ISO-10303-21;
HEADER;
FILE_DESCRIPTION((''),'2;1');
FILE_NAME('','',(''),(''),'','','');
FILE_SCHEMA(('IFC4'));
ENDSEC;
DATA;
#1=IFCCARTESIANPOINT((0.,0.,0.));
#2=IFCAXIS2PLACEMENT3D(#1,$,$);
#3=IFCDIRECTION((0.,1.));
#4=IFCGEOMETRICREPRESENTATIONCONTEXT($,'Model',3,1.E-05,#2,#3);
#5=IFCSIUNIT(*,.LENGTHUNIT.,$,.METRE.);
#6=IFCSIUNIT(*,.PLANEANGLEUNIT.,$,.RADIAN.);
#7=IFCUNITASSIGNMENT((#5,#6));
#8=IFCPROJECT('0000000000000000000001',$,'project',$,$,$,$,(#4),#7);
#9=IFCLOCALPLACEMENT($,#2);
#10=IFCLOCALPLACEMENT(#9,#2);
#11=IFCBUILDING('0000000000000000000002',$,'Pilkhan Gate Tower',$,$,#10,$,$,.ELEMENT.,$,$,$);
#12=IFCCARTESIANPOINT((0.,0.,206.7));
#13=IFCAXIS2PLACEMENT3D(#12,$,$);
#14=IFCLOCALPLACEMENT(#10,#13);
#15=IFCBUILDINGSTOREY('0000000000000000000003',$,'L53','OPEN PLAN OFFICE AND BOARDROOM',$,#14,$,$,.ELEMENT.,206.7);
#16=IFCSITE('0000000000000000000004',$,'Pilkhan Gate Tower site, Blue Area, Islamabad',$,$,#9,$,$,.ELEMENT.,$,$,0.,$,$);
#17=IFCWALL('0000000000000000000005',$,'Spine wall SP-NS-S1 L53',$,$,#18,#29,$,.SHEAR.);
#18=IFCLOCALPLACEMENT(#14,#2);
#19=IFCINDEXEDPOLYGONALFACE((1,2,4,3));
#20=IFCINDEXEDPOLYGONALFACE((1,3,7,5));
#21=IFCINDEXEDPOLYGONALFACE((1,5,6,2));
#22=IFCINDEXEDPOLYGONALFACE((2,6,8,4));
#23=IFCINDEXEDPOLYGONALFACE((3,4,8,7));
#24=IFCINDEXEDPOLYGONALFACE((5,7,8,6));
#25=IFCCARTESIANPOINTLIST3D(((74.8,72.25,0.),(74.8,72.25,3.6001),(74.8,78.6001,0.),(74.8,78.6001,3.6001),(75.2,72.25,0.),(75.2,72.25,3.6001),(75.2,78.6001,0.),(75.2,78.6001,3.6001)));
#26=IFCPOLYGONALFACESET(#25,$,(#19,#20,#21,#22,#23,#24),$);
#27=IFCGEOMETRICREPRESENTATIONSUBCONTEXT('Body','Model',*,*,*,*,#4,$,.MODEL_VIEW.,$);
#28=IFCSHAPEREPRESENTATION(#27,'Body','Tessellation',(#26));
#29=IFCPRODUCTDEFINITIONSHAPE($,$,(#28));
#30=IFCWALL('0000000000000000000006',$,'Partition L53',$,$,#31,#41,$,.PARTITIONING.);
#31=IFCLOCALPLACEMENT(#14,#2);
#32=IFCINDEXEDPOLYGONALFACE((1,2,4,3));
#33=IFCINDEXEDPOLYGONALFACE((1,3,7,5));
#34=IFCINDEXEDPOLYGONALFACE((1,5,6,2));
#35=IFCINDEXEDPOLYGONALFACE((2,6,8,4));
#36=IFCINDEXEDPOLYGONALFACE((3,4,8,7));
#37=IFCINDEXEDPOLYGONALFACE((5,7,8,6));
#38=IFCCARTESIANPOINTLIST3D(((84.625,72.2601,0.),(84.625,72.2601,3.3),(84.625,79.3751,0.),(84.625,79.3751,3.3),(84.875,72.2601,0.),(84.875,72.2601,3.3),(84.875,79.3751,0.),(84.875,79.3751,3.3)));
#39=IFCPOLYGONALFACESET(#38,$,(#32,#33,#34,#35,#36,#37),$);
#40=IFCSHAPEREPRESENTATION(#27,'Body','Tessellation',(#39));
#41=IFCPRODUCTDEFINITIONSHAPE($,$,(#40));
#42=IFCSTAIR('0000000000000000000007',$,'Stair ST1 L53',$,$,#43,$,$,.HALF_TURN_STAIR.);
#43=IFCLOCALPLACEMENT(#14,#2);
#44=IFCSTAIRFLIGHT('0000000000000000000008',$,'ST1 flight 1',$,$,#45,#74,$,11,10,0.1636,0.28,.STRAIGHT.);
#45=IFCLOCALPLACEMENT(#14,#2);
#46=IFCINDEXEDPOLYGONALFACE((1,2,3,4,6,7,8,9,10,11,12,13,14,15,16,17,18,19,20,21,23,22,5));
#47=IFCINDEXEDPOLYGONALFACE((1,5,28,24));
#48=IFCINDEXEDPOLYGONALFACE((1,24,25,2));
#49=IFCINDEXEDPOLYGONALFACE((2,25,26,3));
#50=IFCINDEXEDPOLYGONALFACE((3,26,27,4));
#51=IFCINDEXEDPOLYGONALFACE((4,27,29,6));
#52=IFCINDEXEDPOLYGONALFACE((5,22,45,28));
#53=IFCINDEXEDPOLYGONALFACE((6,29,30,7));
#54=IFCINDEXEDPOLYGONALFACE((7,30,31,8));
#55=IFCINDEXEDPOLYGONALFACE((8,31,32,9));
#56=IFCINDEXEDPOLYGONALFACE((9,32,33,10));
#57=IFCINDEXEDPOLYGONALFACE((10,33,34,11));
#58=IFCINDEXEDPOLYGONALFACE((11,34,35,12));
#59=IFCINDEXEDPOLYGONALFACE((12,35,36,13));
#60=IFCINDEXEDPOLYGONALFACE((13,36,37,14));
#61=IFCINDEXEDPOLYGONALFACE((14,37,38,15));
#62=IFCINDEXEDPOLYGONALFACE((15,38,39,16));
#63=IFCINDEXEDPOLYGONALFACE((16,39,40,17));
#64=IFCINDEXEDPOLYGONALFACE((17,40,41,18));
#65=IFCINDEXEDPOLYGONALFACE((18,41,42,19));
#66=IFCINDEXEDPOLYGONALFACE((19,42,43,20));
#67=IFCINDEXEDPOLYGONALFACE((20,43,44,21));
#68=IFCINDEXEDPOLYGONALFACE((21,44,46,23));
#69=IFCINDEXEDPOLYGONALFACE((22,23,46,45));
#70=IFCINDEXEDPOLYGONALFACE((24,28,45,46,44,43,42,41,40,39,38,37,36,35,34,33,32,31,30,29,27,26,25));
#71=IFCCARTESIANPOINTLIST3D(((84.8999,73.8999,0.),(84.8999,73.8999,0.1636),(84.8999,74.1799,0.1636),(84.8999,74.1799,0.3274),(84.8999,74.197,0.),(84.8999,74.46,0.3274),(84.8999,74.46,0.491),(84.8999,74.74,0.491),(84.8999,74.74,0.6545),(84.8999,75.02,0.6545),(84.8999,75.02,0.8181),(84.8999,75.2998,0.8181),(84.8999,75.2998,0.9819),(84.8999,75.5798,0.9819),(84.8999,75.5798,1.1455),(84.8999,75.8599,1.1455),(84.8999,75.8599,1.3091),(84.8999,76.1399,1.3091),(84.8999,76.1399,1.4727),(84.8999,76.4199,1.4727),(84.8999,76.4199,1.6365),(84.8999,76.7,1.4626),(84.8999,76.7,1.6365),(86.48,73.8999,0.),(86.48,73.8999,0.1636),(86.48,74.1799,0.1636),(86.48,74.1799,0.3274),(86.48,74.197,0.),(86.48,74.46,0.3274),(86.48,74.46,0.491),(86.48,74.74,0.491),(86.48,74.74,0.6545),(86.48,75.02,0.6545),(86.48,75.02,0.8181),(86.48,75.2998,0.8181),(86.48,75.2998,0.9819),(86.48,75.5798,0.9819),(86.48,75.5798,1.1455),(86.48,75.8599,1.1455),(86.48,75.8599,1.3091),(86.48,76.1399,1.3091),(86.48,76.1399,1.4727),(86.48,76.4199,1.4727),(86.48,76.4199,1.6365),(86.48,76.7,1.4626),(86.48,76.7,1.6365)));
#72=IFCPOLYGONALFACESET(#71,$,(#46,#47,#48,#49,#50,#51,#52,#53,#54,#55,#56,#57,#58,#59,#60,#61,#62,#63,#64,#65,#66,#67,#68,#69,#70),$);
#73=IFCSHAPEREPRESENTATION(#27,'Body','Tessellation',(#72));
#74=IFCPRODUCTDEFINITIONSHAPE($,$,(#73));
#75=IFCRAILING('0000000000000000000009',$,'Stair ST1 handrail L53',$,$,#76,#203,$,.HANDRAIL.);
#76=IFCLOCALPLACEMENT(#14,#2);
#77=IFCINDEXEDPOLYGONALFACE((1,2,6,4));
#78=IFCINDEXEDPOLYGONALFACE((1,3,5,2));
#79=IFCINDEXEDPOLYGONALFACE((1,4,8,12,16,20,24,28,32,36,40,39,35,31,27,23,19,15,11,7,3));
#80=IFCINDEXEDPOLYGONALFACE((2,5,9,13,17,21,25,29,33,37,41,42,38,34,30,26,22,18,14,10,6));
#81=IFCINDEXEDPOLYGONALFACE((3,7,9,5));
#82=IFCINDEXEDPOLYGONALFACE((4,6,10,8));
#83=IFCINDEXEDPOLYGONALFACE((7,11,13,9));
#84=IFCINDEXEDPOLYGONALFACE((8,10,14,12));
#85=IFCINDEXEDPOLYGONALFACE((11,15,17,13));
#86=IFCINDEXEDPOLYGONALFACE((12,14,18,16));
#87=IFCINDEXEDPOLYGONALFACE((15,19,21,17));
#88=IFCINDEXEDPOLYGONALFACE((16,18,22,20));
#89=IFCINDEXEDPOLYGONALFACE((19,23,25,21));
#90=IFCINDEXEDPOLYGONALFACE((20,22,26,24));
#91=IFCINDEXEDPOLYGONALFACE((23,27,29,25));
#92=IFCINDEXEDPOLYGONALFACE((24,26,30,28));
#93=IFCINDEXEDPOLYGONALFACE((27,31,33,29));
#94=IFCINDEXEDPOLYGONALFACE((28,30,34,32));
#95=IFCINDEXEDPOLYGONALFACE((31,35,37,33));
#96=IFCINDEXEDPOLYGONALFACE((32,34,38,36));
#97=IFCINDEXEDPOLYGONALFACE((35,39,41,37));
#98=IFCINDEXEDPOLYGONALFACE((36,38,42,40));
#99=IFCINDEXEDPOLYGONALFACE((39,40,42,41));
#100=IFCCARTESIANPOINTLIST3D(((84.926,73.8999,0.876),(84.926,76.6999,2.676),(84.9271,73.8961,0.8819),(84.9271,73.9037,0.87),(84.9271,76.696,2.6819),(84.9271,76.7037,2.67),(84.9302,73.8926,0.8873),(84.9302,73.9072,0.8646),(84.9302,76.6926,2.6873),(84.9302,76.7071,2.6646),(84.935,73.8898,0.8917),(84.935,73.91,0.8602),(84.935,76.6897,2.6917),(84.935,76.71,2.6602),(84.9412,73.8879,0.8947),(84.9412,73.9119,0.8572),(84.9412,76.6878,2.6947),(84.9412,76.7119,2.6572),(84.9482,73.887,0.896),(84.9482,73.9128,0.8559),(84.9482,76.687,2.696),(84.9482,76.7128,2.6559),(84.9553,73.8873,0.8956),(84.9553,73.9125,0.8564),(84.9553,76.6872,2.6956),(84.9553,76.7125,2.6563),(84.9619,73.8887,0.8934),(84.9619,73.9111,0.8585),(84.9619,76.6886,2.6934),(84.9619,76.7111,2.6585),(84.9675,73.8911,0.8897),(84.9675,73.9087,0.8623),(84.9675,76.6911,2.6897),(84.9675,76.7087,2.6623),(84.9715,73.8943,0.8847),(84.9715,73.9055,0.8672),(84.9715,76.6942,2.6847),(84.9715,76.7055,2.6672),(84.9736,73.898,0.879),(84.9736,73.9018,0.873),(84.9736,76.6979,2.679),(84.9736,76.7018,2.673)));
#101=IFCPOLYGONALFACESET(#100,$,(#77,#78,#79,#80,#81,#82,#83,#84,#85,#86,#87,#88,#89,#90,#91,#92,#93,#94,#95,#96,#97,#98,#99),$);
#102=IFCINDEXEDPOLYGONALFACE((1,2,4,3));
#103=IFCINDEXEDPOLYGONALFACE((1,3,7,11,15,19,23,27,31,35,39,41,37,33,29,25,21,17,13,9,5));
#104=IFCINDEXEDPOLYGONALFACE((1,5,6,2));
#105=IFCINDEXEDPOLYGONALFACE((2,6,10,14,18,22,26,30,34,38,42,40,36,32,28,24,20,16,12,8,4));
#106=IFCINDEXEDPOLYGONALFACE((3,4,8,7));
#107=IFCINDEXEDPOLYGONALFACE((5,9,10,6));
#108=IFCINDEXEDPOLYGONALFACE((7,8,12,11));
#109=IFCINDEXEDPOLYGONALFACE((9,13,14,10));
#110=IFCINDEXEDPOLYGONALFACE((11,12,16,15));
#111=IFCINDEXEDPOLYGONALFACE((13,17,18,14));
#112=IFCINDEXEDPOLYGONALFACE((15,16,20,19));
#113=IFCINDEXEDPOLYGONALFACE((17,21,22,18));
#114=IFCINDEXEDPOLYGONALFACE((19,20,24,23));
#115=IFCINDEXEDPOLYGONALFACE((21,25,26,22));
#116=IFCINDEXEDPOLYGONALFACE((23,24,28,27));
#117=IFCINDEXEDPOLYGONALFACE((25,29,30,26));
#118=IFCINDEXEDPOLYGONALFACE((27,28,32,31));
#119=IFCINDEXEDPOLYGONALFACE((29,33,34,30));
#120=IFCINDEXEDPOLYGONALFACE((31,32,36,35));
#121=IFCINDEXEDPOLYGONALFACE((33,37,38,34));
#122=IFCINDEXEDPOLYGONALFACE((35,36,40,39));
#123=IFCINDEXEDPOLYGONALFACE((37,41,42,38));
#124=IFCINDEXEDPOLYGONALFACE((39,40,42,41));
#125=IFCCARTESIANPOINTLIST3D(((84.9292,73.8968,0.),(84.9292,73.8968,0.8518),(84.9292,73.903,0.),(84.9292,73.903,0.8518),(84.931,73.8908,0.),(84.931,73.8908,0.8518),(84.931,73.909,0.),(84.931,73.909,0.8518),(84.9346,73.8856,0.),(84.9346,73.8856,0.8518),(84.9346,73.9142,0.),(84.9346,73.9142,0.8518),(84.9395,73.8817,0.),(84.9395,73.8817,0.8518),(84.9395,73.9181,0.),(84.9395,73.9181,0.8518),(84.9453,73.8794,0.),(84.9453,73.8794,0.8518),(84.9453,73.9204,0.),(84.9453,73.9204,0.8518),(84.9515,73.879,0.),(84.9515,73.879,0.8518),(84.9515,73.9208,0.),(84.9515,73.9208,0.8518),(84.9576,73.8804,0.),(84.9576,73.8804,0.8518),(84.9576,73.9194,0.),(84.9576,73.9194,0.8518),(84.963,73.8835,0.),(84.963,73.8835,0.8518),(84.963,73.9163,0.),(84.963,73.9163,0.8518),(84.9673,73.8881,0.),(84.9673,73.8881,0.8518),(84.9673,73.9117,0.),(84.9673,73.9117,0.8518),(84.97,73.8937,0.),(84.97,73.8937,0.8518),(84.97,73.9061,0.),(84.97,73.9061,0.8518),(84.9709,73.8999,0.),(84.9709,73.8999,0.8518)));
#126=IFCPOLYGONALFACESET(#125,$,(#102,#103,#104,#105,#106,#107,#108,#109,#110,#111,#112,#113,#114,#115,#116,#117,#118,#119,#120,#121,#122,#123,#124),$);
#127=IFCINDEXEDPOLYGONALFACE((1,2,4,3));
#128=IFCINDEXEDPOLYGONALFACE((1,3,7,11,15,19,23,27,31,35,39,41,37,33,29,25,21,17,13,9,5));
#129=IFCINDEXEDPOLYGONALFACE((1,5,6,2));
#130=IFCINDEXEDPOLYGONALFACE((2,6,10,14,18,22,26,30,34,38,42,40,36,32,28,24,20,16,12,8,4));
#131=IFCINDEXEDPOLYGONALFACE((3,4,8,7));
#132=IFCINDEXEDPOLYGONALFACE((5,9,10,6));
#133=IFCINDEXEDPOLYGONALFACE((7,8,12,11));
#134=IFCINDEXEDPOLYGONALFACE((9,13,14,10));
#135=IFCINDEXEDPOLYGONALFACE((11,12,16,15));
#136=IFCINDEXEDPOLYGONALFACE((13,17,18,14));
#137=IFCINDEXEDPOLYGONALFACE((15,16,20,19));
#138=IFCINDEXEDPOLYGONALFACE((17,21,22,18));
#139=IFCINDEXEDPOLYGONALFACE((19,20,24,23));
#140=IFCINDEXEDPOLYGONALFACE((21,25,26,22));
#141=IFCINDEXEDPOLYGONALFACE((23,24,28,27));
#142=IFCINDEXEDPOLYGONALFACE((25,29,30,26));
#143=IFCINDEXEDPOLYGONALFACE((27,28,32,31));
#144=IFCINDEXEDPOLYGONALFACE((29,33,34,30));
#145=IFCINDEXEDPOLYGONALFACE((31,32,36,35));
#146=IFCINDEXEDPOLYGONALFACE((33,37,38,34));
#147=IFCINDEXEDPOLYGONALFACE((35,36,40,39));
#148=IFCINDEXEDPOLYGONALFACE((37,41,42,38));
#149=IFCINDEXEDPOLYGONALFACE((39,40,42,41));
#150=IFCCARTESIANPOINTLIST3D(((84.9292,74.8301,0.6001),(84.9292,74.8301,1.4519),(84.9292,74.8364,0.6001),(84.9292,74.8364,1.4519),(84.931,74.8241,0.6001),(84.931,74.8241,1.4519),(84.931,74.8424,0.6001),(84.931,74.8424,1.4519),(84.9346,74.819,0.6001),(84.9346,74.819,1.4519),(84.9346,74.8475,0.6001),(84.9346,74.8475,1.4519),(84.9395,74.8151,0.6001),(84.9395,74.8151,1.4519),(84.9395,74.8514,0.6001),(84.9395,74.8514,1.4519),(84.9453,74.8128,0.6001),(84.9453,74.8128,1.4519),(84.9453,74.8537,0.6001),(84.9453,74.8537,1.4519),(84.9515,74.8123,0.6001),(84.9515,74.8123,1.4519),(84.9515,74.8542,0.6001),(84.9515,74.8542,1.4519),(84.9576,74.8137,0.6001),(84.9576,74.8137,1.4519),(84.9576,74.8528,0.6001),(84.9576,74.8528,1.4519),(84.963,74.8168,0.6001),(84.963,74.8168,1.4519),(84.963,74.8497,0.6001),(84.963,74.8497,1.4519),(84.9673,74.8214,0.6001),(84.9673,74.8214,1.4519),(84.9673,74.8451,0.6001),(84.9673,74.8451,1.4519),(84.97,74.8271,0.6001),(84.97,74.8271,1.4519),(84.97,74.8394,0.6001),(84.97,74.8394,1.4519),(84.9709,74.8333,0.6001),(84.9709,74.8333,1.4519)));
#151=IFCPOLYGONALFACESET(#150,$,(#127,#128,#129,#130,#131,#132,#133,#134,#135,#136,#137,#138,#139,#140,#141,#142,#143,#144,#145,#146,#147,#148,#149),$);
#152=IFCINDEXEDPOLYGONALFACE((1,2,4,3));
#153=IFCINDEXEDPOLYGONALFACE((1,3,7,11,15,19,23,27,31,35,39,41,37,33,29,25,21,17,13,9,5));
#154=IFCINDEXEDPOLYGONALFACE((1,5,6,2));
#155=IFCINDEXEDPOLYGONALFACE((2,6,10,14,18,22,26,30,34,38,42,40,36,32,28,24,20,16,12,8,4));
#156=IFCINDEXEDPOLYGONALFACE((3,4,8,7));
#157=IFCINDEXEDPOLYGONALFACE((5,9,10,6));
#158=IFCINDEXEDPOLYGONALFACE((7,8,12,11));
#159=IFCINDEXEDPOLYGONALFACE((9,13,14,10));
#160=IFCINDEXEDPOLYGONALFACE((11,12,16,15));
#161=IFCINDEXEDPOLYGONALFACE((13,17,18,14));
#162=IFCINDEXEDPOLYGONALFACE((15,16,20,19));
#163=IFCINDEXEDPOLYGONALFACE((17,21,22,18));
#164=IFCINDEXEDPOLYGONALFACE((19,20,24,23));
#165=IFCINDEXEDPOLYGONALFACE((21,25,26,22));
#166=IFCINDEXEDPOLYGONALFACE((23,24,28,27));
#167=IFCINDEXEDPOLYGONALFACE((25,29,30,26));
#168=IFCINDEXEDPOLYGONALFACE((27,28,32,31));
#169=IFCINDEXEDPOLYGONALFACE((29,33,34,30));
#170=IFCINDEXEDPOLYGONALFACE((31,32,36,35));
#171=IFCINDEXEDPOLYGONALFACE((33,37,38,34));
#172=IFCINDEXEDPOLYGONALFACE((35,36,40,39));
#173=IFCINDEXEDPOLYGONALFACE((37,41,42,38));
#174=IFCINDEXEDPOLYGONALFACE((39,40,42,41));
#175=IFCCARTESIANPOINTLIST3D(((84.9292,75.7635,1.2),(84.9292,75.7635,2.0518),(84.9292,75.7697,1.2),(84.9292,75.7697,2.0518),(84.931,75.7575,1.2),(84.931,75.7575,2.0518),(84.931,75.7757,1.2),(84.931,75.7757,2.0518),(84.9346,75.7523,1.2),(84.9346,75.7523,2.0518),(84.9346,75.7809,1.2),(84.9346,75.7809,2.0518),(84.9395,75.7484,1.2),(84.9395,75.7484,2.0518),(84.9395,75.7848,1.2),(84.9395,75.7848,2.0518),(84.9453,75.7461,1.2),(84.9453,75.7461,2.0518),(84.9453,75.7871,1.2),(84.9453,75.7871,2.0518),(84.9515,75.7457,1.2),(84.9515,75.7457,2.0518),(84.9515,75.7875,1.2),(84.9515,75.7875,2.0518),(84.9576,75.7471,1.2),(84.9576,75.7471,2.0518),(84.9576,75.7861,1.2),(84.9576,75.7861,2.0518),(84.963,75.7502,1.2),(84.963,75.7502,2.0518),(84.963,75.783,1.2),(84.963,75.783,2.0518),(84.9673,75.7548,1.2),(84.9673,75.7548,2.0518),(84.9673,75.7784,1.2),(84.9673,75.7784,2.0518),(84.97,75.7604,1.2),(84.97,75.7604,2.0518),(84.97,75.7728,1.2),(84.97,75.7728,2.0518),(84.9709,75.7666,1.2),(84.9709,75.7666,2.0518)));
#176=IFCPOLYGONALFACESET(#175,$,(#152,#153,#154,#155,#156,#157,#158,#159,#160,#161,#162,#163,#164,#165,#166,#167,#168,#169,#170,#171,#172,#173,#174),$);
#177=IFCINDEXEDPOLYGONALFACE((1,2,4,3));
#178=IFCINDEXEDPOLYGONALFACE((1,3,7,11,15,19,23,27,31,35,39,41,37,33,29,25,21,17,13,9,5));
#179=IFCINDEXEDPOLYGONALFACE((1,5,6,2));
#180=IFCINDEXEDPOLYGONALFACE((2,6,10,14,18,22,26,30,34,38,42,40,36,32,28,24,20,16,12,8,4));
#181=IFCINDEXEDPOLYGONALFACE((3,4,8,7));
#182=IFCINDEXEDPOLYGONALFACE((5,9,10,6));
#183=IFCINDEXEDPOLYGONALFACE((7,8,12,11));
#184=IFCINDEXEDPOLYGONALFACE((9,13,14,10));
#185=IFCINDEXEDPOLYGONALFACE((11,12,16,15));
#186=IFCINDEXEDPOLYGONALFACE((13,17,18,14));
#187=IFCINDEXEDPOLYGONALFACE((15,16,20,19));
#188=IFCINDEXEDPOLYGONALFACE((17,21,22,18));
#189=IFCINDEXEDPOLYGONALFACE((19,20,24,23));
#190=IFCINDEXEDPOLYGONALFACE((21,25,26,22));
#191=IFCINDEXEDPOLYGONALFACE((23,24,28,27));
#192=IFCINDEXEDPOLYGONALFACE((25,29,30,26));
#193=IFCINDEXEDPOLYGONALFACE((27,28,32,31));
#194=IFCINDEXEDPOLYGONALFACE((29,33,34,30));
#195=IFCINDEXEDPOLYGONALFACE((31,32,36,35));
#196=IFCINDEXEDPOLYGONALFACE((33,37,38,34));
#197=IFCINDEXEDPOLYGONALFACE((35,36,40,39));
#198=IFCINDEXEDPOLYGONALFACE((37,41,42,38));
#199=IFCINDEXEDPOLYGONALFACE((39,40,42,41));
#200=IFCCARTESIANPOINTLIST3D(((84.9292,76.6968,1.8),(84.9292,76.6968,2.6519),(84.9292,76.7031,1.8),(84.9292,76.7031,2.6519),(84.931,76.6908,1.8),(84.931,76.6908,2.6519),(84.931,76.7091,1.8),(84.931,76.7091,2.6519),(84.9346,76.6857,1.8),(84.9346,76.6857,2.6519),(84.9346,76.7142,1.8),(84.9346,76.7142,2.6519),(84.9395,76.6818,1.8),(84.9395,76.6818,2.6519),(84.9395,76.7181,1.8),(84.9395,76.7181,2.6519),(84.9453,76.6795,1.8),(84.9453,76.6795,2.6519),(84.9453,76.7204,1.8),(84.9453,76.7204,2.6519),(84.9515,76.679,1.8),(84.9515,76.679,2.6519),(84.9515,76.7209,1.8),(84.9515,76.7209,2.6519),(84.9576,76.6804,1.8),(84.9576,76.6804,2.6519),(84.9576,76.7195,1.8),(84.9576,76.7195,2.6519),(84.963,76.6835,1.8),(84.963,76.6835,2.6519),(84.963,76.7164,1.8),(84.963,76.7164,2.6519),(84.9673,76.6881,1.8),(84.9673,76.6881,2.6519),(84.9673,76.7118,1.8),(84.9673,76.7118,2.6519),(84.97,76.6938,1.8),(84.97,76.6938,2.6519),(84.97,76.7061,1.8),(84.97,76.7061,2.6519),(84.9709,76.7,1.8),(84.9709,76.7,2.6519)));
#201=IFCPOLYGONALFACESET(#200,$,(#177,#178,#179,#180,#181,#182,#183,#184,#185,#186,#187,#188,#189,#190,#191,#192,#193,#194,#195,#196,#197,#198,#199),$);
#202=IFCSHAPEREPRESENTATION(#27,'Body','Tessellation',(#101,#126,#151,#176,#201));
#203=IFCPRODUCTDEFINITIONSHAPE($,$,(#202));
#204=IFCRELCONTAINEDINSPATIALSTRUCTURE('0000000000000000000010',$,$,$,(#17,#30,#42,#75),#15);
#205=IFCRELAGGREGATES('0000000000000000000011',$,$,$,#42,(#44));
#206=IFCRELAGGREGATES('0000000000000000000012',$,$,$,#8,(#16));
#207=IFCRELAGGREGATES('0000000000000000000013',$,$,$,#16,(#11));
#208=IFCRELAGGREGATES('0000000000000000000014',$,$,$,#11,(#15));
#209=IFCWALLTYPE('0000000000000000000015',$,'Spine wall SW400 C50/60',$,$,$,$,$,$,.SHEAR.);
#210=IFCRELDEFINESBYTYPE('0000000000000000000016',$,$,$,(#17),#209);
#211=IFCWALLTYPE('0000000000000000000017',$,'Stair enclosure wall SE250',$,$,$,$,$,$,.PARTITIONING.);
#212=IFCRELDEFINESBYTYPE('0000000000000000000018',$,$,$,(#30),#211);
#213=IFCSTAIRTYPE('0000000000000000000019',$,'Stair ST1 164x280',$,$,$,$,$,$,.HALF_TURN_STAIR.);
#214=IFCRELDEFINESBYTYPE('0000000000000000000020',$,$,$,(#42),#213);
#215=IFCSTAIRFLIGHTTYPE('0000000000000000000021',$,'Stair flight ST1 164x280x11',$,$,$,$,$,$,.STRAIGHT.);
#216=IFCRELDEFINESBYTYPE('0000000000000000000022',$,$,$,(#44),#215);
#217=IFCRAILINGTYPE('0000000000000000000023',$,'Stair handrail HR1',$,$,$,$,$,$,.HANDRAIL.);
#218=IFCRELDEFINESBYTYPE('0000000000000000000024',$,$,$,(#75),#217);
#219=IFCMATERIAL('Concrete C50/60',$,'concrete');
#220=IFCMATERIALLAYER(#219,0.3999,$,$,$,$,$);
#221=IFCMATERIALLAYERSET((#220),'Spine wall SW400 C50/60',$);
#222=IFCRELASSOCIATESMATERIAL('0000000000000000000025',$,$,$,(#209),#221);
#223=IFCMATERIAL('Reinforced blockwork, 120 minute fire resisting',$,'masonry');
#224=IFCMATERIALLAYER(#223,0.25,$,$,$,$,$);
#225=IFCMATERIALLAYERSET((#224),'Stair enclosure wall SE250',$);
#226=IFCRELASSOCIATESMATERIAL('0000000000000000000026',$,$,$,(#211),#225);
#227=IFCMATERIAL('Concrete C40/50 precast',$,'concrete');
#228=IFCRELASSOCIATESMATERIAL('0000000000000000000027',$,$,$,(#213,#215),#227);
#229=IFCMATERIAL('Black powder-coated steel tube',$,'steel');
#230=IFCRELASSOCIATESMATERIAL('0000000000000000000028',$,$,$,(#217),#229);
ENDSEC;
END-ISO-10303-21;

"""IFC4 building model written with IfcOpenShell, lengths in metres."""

from ifc_helpers import new_model, si_unit, direction, frame, frame_2d, origin, origin_2d, place, context, subcontext, project, spatial, polyline, rectangle, circle, outline, extrude, material, layer, layer_set, type_object, element, aggregate, save


model = new_model("IFC4")

# Units and contexts
model_context = context("Model", 3, precision=1e-05, world=origin(), true_north=direction((0.0, 1.0)))
body_context = subcontext(model_context, "Body", "Model", "MODEL_VIEW")
ifc_project = project(units=[si_unit("LENGTHUNIT", "METRE"), si_unit("PLANEANGLEUNIT", "RADIAN")], contexts=[model_context])

# Site, building, storey
site_placement = place(None, origin())
site = spatial("IfcSite", under=ifc_project, at=site_placement, Name="Pilkhan Gate Tower site, Blue Area, Islamabad", CompositionType="ELEMENT", RefElevation=0.0)
building_placement = place(site_placement, origin())
building = spatial("IfcBuilding", under=site, at=building_placement, Name="Pilkhan Gate Tower", CompositionType="ELEMENT")
storey_placement = place(building_placement, frame((0.0, 0.0, 206.7)))
storey = spatial("IfcBuildingStorey", under=building, at=storey_placement, Name="L53", Description="OPEN PLAN OFFICE AND BOARDROOM", CompositionType="ELEMENT", Elevation=206.7)

# Shared definitions
ifc_material_1 = material(Name="Concrete C50/60", Category="concrete")

# Walls
ifc_layer_1 = layer(ifc_material_1, 0.3999)
ifc_layer_set_1 = layer_set([ifc_layer_1], Name="Spine wall SW400 C50/60")
wall_type_1 = type_object("IfcWallType", Name="Spine wall SW400 C50/60", PredefinedType="SHEAR", material=ifc_layer_set_1)
wall_1_placement = place(storey_placement, frame((75.0, 72.25, 0.0), z_axis=(0.0, 0.0, 1.0), x_axis=(0.0, 1.0, 0.0)))
element("IfcWall", 1, at=wall_1_placement, inside=storey, type_object=wall_type_1, Name="Spine wall SP-NS-S1 L53", PredefinedType="SHEAR", context=body_context, shape_type="SweptSolid", body=[
    extrude(rectangle(XDim=6.3501, YDim=0.3999, at=frame_2d((3.175, 0.0))), origin(), (0.0, 0.0, 1.0), 3.6001),
])
ifc_material_2 = material(Name="Reinforced blockwork, 120 minute fire resisting", Category="masonry")
ifc_layer_2 = layer(ifc_material_2, 0.25)
ifc_layer_set_2 = layer_set([ifc_layer_2], Name="Stair enclosure wall SE250")
wall_type_2 = type_object("IfcWallType", Name="Stair enclosure wall SE250", PredefinedType="PARTITIONING", material=ifc_layer_set_2)
wall_2_placement = place(storey_placement, frame((84.75, 72.26, 0.0), z_axis=(0.0, 0.0, 1.0), x_axis=(0.0, 1.0, 0.0)))
element("IfcWall", 2, at=wall_2_placement, inside=storey, type_object=wall_type_2, Name="Partition L53", PredefinedType="PARTITIONING", context=body_context, shape_type="SweptSolid", body=[
    extrude(rectangle(XDim=7.115, YDim=0.25, at=frame_2d((3.5576, 0.0))), origin(), (0.0, 0.0, 1.0), 3.3),
])

# Stair, stair flight
ifc_material_3 = material(Name="Concrete C40/50 precast", Category="concrete")
stair_type = type_object("IfcStairType", Name="Stair ST1 164x280", PredefinedType="HALF_TURN_STAIR", material=ifc_material_3)
stair_placement = place(storey_placement, origin())
stair = element("IfcStair", 3, at=stair_placement, inside=storey, type_object=stair_type, Name="Stair ST1 L53", PredefinedType="HALF_TURN_STAIR")
stair_flight_type = type_object("IfcStairFlightType", Name="Stair flight ST1 164x280x11", PredefinedType="STRAIGHT", material=ifc_material_3)
stair_flight_placement = place(storey_placement, frame((85.6899, 73.8999, 0.0), z_axis=(0.0, 0.0, 1.0), x_axis=(0.0, 1.0, 0.0)))
stair_flight = element("IfcStairFlight", 4, at=stair_flight_placement, type_object=stair_flight_type, Name="ST1 flight 1", NumberOfRisers=11, NumberOfTreads=10, PredefinedType="STRAIGHT", RiserHeight=0.1636, TreadLength=0.28, context=body_context, shape_type="SweptSolid", body=[
    extrude(outline(polyline([(0.0, 0.0), (0.0, 0.1636), (0.28, 0.1636), (0.28, 0.3274), (0.5601, 0.3274), (0.5601, 0.491), (0.8401, 0.491), (0.8401, 0.6545), (1.1201, 0.6545), (1.1201, 0.8181), (1.3999, 0.8181), (1.3999, 0.9819), (1.6799, 0.9819), (1.6799, 1.1455), (1.96, 1.1455), (1.96, 1.3091), (2.24, 1.3091), (2.24, 1.4727), (2.52, 1.4727), (2.52, 1.6365), (2.8, 1.6365), (2.8, 1.8), (2.8, 1.4626), (0.2971, 0.0), (0.0, 0.0)])), frame((0.0, 0.79, 0.0), z_axis=(0.0, -1.0, 0.0), x_axis=(1.0, 0.0, 0.0)), (0.0, 0.0, 1.0), 1.5801),
])
aggregate(stair, [stair_flight])

# Railing
ifc_material_4 = material(Name="Black powder-coated steel tube", Category="steel")
railing_type_1 = type_object("IfcRailingType", Name="Stair handrail HR1", PredefinedType="HANDRAIL", material=ifc_material_4)
railing_1_placement = place(storey_placement, frame((84.95, 73.8999, 0.0)))
element("IfcRailing", 5, at=railing_1_placement, inside=storey, type_object=railing_type_1, Name="Stair ST1 handrail L53", PredefinedType="HANDRAIL", context=body_context, shape_type="SweptSolid", body=[
    extrude(circle(Radius=0.0239, at=origin_2d()), frame((0.0, 0.0, 0.876), z_axis=(0.0, 0.841176, 0.540761), x_axis=(-1.0, 0.0, 0.0)), (0.0, 0.0, 1.0), 3.3286),
    extrude(circle(Radius=0.021, at=origin_2d()), origin(), (0.0, 0.0, 1.0), 0.8518),
    extrude(circle(Radius=0.021, at=origin_2d()), frame((0.0, 0.9333, 0.6001)), (0.0, 0.0, 1.0), 0.8518),
    extrude(circle(Radius=0.021, at=origin_2d()), frame((0.0, 1.8667, 1.2)), (0.0, 0.0, 1.0), 0.8518),
    extrude(circle(Radius=0.021, at=origin_2d()), frame((0.0, 2.8, 1.8)), (0.0, 0.0, 1.0), 0.8518),
])

save(model, "model.ifc")
